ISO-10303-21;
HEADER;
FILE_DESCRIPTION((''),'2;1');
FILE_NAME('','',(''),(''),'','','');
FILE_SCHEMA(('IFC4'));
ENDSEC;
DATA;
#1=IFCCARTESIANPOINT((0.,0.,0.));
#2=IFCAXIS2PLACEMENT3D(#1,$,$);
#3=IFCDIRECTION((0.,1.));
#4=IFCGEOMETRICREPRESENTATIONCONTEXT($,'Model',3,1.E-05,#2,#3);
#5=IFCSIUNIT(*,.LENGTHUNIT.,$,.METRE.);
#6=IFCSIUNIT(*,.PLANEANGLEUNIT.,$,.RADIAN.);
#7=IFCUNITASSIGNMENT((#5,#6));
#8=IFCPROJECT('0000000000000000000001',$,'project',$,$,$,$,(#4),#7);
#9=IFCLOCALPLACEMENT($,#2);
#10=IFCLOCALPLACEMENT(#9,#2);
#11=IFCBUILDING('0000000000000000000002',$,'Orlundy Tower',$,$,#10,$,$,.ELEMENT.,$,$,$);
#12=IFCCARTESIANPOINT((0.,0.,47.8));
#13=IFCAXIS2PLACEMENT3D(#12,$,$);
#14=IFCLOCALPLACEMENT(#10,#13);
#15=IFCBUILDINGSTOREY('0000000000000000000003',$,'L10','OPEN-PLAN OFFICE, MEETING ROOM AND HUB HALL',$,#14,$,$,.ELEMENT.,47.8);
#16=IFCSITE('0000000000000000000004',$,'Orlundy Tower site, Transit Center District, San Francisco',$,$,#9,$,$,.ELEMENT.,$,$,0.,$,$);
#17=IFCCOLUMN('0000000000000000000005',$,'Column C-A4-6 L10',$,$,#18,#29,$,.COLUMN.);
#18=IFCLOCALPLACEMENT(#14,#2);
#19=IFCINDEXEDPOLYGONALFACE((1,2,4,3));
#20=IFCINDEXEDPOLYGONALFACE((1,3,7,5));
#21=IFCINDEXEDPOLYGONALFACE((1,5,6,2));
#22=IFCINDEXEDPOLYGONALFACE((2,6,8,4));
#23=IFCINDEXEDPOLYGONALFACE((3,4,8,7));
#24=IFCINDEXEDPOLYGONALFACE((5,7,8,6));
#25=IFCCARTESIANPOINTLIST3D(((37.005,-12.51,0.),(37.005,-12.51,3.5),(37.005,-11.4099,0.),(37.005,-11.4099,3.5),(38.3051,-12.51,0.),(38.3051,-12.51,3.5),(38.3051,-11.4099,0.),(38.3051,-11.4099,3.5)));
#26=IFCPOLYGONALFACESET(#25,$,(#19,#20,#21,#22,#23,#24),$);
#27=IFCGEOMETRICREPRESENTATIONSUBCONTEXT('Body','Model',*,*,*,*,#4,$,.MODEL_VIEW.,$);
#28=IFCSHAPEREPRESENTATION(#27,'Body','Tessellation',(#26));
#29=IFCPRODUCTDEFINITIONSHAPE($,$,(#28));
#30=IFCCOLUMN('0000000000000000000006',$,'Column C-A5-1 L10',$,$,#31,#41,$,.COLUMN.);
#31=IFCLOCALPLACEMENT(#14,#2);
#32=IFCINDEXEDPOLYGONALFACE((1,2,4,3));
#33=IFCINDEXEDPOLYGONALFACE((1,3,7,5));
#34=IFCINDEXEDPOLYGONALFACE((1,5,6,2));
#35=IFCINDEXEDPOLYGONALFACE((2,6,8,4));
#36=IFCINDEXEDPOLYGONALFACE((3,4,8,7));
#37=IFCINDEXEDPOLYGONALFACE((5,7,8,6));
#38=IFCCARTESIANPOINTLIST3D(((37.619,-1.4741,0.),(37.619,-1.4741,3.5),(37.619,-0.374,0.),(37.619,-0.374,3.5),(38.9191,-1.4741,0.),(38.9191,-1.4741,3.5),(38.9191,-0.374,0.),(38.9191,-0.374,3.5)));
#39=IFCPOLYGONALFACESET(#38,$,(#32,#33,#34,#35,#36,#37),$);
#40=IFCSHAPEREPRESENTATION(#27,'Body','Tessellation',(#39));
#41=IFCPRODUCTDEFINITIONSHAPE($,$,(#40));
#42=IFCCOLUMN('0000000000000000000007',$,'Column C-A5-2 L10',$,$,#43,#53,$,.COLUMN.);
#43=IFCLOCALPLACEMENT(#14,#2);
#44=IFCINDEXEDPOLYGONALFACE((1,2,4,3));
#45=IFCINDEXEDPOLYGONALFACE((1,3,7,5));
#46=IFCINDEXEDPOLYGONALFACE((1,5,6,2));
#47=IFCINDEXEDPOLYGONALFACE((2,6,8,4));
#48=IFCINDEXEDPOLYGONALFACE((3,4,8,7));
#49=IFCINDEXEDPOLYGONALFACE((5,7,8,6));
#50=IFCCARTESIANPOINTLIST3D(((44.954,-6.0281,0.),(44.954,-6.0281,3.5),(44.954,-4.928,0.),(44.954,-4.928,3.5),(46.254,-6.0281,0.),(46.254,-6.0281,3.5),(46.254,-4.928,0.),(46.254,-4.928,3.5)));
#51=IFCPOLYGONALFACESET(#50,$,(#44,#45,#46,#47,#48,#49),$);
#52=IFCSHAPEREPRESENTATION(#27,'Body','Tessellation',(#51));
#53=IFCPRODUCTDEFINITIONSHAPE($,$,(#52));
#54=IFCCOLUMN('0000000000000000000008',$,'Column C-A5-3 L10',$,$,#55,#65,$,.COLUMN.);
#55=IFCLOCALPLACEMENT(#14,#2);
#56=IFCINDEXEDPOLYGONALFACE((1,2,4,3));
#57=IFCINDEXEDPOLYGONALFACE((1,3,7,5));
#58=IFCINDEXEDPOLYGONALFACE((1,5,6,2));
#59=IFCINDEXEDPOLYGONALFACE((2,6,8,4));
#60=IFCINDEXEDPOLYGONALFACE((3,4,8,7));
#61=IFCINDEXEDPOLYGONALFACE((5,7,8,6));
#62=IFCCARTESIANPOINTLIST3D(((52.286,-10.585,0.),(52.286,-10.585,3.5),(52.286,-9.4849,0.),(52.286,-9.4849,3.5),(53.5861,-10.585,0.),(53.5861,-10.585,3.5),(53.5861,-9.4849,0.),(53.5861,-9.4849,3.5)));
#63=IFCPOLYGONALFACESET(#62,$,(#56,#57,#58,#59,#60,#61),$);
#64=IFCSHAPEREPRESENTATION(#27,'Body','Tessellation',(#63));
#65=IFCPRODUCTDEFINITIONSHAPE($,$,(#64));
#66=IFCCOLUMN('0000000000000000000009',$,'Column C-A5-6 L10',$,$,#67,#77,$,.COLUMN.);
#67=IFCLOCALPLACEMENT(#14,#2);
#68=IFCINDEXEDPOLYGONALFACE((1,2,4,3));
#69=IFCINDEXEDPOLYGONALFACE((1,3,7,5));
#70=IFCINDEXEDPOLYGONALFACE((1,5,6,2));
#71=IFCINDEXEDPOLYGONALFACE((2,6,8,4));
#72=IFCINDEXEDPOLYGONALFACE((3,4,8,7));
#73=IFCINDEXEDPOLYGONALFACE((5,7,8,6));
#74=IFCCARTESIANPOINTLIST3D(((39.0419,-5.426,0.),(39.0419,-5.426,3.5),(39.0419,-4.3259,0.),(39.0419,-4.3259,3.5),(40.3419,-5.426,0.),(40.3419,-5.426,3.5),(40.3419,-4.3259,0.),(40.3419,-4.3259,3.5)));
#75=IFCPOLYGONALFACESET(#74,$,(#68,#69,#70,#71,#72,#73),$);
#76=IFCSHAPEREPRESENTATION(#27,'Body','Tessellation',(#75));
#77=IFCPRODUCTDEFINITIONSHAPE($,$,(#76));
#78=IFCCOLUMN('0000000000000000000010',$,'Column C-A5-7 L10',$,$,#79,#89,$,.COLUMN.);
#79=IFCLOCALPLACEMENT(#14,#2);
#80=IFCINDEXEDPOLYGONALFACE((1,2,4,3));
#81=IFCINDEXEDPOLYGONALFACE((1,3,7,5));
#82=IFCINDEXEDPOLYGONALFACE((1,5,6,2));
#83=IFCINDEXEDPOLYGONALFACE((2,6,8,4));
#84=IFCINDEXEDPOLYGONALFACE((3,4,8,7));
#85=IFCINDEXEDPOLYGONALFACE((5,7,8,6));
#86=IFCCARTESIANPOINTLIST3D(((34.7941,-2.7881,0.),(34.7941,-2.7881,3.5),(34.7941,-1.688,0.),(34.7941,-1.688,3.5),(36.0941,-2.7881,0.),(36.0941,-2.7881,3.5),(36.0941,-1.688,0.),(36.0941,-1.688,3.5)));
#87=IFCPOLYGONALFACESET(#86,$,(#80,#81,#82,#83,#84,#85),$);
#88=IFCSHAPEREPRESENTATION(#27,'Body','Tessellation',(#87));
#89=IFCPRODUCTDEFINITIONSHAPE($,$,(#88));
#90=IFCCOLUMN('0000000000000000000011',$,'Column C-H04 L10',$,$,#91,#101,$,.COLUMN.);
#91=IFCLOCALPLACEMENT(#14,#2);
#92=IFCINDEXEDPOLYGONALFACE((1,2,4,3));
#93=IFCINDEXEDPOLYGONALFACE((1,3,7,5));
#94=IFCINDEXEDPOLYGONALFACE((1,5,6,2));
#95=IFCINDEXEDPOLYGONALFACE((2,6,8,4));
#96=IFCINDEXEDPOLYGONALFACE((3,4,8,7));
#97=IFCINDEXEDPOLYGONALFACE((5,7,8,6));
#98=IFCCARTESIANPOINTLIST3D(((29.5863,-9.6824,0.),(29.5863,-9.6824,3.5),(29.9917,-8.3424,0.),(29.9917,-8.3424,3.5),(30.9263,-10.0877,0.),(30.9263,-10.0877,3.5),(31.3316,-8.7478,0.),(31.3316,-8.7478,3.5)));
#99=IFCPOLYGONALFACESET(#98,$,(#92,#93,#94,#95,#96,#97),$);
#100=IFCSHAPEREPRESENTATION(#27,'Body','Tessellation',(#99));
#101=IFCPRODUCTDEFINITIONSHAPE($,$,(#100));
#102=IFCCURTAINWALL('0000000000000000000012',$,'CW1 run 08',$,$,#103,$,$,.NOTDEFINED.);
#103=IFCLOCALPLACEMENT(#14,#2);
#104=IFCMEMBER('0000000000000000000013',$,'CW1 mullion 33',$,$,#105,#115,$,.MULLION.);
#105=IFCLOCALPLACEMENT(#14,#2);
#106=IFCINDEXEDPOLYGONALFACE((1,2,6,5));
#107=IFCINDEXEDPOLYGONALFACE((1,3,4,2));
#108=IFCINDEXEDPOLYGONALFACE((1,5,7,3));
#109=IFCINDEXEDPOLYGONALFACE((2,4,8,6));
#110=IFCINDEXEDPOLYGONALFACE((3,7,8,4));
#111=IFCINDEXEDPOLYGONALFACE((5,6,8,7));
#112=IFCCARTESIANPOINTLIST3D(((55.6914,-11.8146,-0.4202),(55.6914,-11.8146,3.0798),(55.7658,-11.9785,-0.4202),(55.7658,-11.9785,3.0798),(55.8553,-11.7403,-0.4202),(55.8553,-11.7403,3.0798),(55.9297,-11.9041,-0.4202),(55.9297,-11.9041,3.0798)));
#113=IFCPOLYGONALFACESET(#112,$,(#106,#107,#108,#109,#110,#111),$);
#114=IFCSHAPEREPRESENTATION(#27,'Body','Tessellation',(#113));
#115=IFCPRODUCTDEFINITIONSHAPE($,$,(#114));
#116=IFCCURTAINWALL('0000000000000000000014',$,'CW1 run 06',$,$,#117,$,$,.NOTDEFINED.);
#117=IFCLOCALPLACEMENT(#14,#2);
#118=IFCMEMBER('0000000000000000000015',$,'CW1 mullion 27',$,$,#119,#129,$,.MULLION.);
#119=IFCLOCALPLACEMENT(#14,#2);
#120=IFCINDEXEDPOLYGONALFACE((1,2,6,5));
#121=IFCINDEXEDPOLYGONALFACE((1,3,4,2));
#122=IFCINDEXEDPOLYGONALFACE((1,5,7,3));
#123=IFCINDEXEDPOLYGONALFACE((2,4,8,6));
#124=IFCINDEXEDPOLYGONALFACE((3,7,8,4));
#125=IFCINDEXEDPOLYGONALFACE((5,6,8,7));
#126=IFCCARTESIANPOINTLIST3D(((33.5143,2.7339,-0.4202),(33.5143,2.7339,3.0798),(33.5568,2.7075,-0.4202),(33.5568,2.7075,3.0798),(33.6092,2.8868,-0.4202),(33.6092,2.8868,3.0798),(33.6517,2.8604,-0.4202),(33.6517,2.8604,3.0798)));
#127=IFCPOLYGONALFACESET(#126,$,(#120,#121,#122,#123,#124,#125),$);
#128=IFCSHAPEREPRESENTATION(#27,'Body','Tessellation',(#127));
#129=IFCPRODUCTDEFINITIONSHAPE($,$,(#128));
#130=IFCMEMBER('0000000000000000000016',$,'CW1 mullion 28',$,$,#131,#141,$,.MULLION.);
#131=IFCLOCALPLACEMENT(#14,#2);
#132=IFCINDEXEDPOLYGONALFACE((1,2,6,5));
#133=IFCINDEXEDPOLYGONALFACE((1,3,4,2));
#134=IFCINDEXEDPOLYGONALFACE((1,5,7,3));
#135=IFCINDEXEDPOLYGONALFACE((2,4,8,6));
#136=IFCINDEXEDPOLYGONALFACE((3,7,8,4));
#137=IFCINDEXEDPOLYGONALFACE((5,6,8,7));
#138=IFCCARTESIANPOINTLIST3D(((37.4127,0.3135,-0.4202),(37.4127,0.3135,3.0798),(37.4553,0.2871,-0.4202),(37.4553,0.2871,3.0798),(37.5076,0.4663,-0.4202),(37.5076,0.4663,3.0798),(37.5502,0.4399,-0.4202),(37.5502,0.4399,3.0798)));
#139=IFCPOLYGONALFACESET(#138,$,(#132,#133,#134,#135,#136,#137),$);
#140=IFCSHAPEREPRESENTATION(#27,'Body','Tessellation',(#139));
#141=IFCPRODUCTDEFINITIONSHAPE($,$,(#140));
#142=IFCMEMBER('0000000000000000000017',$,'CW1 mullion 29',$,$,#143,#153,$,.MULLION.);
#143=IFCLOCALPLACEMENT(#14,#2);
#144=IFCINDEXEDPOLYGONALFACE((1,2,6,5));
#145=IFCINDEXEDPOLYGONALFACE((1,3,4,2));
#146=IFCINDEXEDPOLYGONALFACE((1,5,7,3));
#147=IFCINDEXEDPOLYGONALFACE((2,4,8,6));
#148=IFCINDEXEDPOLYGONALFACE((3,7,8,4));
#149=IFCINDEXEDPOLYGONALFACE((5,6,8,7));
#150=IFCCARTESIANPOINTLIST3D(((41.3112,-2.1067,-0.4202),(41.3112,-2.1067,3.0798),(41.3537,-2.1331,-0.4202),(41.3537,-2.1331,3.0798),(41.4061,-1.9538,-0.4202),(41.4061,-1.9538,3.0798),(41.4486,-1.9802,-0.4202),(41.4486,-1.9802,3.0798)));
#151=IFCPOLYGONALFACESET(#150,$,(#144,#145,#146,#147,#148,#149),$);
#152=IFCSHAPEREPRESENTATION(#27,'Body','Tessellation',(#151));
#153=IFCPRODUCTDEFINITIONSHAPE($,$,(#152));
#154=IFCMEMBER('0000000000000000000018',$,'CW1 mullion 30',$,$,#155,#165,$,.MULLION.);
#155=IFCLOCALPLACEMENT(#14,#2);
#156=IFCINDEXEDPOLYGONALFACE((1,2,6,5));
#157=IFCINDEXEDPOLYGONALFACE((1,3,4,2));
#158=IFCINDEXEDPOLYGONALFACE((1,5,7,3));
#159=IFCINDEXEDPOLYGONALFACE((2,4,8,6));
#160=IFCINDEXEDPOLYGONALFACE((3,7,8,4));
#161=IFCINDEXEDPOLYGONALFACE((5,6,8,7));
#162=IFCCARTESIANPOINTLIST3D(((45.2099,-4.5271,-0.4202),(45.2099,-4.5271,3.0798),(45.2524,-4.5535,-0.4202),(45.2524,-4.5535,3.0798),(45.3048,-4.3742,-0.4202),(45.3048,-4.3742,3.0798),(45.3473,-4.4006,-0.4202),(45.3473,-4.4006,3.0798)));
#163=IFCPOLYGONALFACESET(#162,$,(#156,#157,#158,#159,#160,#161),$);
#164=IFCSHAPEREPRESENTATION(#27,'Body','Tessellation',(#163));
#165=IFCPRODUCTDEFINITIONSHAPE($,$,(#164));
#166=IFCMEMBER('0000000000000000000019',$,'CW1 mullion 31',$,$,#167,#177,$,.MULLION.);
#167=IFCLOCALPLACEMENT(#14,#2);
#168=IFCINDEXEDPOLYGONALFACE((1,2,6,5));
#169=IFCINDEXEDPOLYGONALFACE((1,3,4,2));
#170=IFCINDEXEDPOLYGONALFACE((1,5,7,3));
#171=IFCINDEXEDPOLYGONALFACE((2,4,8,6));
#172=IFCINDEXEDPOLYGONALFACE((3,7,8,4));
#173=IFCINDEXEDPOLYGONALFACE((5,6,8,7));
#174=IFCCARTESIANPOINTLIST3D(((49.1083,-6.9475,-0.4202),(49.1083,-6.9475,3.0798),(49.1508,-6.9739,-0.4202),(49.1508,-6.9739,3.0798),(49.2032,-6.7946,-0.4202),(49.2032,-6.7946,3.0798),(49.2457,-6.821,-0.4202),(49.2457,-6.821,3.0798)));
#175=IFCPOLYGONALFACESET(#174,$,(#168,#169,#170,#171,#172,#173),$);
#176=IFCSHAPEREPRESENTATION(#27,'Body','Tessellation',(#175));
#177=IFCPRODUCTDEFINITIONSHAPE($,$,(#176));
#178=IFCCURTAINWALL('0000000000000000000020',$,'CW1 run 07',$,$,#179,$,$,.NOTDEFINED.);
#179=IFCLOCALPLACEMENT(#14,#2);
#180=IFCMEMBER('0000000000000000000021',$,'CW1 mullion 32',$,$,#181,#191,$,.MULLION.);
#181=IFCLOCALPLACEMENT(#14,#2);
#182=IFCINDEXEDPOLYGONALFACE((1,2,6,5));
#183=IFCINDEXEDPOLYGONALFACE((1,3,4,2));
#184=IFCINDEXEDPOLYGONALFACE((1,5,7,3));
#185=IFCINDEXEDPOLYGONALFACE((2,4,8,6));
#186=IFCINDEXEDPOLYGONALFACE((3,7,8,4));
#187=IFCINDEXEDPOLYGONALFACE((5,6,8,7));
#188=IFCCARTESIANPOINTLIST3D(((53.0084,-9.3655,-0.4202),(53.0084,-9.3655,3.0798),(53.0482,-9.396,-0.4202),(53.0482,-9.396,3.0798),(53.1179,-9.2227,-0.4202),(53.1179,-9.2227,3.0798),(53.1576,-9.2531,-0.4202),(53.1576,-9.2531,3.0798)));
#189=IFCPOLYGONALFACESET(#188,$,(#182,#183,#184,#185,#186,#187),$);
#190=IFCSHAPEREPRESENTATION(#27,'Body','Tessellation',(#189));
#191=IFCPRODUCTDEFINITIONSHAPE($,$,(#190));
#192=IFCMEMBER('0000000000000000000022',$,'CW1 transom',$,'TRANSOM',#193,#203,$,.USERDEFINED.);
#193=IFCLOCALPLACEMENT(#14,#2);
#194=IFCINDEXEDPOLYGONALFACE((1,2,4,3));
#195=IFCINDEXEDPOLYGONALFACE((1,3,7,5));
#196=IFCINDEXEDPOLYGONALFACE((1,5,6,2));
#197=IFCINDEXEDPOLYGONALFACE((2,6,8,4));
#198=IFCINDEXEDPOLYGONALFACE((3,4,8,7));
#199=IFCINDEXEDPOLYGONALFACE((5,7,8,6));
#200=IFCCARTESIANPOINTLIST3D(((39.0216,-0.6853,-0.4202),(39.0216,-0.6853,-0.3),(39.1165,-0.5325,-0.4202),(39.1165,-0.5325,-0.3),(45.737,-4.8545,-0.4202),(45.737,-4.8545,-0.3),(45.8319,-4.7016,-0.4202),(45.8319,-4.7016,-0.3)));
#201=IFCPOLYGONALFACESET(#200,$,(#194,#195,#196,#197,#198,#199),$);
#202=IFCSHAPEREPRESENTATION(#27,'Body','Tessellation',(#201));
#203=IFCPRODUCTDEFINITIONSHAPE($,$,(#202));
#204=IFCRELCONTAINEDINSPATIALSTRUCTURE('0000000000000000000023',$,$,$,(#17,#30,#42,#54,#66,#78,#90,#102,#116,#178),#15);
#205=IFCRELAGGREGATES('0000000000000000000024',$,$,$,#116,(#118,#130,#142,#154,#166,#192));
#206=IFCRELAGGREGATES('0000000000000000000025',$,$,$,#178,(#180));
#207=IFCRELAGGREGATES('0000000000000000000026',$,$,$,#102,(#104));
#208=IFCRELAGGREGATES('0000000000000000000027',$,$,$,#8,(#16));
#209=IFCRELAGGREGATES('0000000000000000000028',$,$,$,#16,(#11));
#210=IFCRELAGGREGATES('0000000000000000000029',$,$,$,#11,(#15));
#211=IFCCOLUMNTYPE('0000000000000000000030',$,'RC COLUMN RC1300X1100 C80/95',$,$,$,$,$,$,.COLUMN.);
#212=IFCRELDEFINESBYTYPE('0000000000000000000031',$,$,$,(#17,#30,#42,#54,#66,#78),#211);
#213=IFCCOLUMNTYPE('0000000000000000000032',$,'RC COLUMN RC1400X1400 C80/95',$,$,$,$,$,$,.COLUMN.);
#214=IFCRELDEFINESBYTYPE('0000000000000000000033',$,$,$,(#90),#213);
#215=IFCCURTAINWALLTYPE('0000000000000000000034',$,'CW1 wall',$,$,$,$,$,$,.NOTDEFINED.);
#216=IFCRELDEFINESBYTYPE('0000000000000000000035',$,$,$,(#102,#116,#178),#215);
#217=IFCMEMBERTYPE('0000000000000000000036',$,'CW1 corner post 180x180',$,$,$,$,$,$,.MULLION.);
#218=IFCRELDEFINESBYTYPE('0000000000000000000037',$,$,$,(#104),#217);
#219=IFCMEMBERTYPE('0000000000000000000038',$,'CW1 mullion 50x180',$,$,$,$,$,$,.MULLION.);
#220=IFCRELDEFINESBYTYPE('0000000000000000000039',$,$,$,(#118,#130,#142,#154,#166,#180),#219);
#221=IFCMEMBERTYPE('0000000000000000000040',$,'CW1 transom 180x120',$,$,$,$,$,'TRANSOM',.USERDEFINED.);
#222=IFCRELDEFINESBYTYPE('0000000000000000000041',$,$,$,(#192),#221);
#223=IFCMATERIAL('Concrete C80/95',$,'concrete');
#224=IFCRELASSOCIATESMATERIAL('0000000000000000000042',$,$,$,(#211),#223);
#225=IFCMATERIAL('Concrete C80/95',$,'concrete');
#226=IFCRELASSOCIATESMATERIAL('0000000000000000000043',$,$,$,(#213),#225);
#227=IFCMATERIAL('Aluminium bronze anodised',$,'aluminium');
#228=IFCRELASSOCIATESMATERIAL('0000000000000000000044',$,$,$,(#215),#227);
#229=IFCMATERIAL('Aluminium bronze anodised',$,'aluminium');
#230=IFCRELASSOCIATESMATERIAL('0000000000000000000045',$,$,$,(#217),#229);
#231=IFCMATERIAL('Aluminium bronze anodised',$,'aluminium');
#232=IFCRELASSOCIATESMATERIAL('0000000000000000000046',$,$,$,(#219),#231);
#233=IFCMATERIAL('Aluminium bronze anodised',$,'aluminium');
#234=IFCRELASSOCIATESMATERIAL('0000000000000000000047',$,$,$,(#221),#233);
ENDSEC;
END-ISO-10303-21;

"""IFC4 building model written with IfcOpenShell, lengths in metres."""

from ifc_helpers import new_model, si_unit, direction, frame, origin, origin_2d, place, context, subcontext, project, spatial, rectangle, extrude, material, material_profile, profile_set, type_object, element, aggregate, save


model = new_model("IFC4")

# Units and contexts
model_context = context("Model", 3, precision=1e-05, world=origin(), true_north=direction((0.0, 1.0)))
body_context = subcontext(model_context, "Body", "Model", "MODEL_VIEW")
ifc_project = project(units=[si_unit("LENGTHUNIT", "METRE"), si_unit("PLANEANGLEUNIT", "RADIAN")], contexts=[model_context])

# Site, building, storey
site_placement = place(None, origin())
site = spatial("IfcSite", under=ifc_project, at=site_placement, Name="Orlundy Tower site, Transit Center District, San Francisco", CompositionType="ELEMENT", RefElevation=0.0)
building_placement = place(site_placement, origin())
building = spatial("IfcBuilding", under=site, at=building_placement, Name="Orlundy Tower", CompositionType="ELEMENT")
storey_placement = place(building_placement, frame((0.0, 0.0, 47.8)))
storey = spatial("IfcBuildingStorey", under=building, at=storey_placement, Name="L10", Description="OPEN-PLAN OFFICE, MEETING ROOM AND HUB HALL", CompositionType="ELEMENT", Elevation=47.8)

# Columns
ifc_material_1 = material(Name="Concrete C80/95", Category="concrete")
ifc_material_profile_1 = material_profile(ifc_material_1, rectangle(XDim=1.3, YDim=1.1001, at=origin_2d()), Name="RC1300X1100")
ifc_profile_set_1 = profile_set([ifc_material_profile_1], Name="Concrete C80/95")
column_type_1 = type_object("IfcColumnType", Name="RC COLUMN RC1300X1100 C80/95", PredefinedType="COLUMN", material=ifc_profile_set_1)
for number, where, z_axis, x_axis, name in (
    (1, (37.655, -11.96, 0.0), (0.0, 0.0, 1.0), (1.0, 0.0, 0.0), "Column C-A4-6 L10"),
    (2, (38.269, -0.9241, 0.0), (0.0, 0.0, 1.0), (1.0, 0.0, 0.0), "Column C-A5-1 L10"),
    (3, (45.604, -5.478, 0.0), (0.0, 0.0, 1.0), (1.0, 0.0, 0.0), "Column C-A5-2 L10"),
    (4, (52.936, -10.0349, 0.0), (0.0, 0.0, 1.0), (1.0, 0.0, 0.0), "Column C-A5-3 L10"),
    (5, (39.6919, -4.876, 0.0), (0.0, 0.0, 1.0), (1.0, 0.0, 0.0), "Column C-A5-6 L10"),
    (6, (35.4441, -2.238, 0.0), (0.0, 0.0, 1.0), (1.0, 0.0, 0.0), "Column C-A5-7 L10"),
):
    element("IfcColumn", number, at=place(storey_placement, frame(where, z_axis=z_axis, x_axis=x_axis)), inside=storey, type_object=column_type_1, Name=name, PredefinedType="COLUMN", context=body_context, shape_type="SweptSolid", body=[
        extrude(rectangle(XDim=1.3, YDim=1.1001, at=origin_2d()), origin(), (0.0, 0.0, 1.0), 3.5),
    ])
ifc_material_2 = material(Name="Concrete C80/95", Category="concrete")
ifc_material_profile_2 = material_profile(ifc_material_2, rectangle(XDim=1.3999, YDim=1.3999, at=origin_2d()), Name="RC1400X1400")
ifc_profile_set_2 = profile_set([ifc_material_profile_2], Name="Concrete C80/95")
column_type_2 = type_object("IfcColumnType", Name="RC COLUMN RC1400X1400 C80/95", PredefinedType="COLUMN", material=ifc_profile_set_2)
column_placement = place(storey_placement, frame((30.459, -9.2151, 0.0), z_axis=(0.0, 0.0, 1.0), x_axis=(0.957153, -0.289583, 0.0)))
element("IfcColumn", 7, at=column_placement, inside=storey, type_object=column_type_2, Name="Column C-H04 L10", PredefinedType="COLUMN", context=body_context, shape_type="SweptSolid", body=[
    extrude(rectangle(XDim=1.3999, YDim=1.3999, at=origin_2d()), origin(), (0.0, 0.0, 1.0), 3.5),
])

# Curtain wall, member
ifc_material_3 = material(Name="Aluminium bronze anodised", Category="aluminium")
curtain_wall_type = type_object("IfcCurtainWallType", Name="CW1 wall", PredefinedType="NOTDEFINED", material=ifc_material_3)
curtain_wall_1_placement = place(storey_placement, origin())
curtain_wall_1 = element("IfcCurtainWall", 8, at=curtain_wall_1_placement, inside=storey, type_object=curtain_wall_type, Name="CW1 run 08", PredefinedType="NOTDEFINED")
ifc_material_4 = material(Name="Aluminium bronze anodised", Category="aluminium")
ifc_material_profile_3 = material_profile(ifc_material_4, rectangle(XDim=0.1799, YDim=0.1799, at=origin_2d()), Name="CW1 corner post 180x180")
ifc_profile_set_3 = profile_set([ifc_material_profile_3], Name="Aluminium bronze anodised")
member_type_1 = type_object("IfcMemberType", Name="CW1 corner post 180x180", PredefinedType="MULLION", material=ifc_profile_set_3)
member_1_placement = place(storey_placement, frame((55.8105, -11.8594, -0.4202), z_axis=(0.0, 0.0, 1.0), x_axis=(0.910579, 0.413335, 0.0)))
member_1 = element("IfcMember", 9, at=member_1_placement, type_object=member_type_1, Name="CW1 mullion 33", PredefinedType="MULLION", context=body_context, shape_type="SweptSolid", body=[
    extrude(rectangle(XDim=0.1799, YDim=0.1799, at=origin_2d()), origin(), (0.0, 0.0, 1.0), 3.5),
])

# Curtain wall, members
curtain_wall_2_placement = place(storey_placement, origin())
curtain_wall_2 = element("IfcCurtainWall", 10, at=curtain_wall_2_placement, inside=storey, type_object=curtain_wall_type, Name="CW1 run 06", PredefinedType="NOTDEFINED")
ifc_material_5 = material(Name="Aluminium bronze anodised", Category="aluminium")
ifc_material_profile_4 = material_profile(ifc_material_5, rectangle(XDim=0.1799, YDim=0.05, at=origin_2d()), Name="CW1 mullion 50x180")
ifc_profile_set_4 = profile_set([ifc_material_profile_4], Name="Aluminium bronze anodised")
member_type_2 = type_object("IfcMemberType", Name="CW1 mullion 50x180", PredefinedType="MULLION", material=ifc_profile_set_4)
member_2_placement = place(storey_placement, frame((33.583, 2.7971, -0.4202), z_axis=(0.0, 0.0, 1.0), x_axis=(0.527453, 0.849584, 0.0)))
member_2 = element("IfcMember", 11, at=member_2_placement, type_object=member_type_2, Name="CW1 mullion 27", PredefinedType="MULLION", context=body_context, shape_type="SweptSolid", body=[
    extrude(rectangle(XDim=0.1799, YDim=0.05, at=origin_2d()), origin(), (0.0, 0.0, 1.0), 3.5),
])
member_3_placement = place(storey_placement, frame((37.4814, 0.3767, -0.4202), z_axis=(0.0, 0.0, 1.0), x_axis=(0.527453, 0.849584, 0.0)))
member_3 = element("IfcMember", 12, at=member_3_placement, type_object=member_type_2, Name="CW1 mullion 28", PredefinedType="MULLION", context=body_context, shape_type="SweptSolid", body=[
    extrude(rectangle(XDim=0.1799, YDim=0.05, at=origin_2d()), origin(), (0.0, 0.0, 1.0), 3.5),
])
member_4_placement = place(storey_placement, frame((41.3799, -2.0435, -0.4202), z_axis=(0.0, 0.0, 1.0), x_axis=(0.527453, 0.849584, 0.0)))
member_4 = element("IfcMember", 13, at=member_4_placement, type_object=member_type_2, Name="CW1 mullion 29", PredefinedType="MULLION", context=body_context, shape_type="SweptSolid", body=[
    extrude(rectangle(XDim=0.1799, YDim=0.05, at=origin_2d()), origin(), (0.0, 0.0, 1.0), 3.5),
])
member_5_placement = place(storey_placement, frame((45.2786, -4.4639, -0.4202), z_axis=(0.0, 0.0, 1.0), x_axis=(0.527453, 0.849584, 0.0)))
member_5 = element("IfcMember", 14, at=member_5_placement, type_object=member_type_2, Name="CW1 mullion 30", PredefinedType="MULLION", context=body_context, shape_type="SweptSolid", body=[
    extrude(rectangle(XDim=0.1799, YDim=0.05, at=origin_2d()), origin(), (0.0, 0.0, 1.0), 3.5),
])
member_6_placement = place(storey_placement, frame((49.177, -6.8843, -0.4202), z_axis=(0.0, 0.0, 1.0), x_axis=(0.527453, 0.849584, 0.0)))
member_6 = element("IfcMember", 15, at=member_6_placement, type_object=member_type_2, Name="CW1 mullion 31", PredefinedType="MULLION", context=body_context, shape_type="SweptSolid", body=[
    extrude(rectangle(XDim=0.1799, YDim=0.05, at=origin_2d()), origin(), (0.0, 0.0, 1.0), 3.5),
])

# Curtain wall, member
curtain_wall_3_placement = place(storey_placement, origin())
curtain_wall_3 = element("IfcCurtainWall", 16, at=curtain_wall_3_placement, inside=storey, type_object=curtain_wall_type, Name="CW1 run 07", PredefinedType="NOTDEFINED")
member_7_placement = place(storey_placement, frame((53.083, -9.3093, -0.4202), z_axis=(0.0, 0.0, 1.0), x_axis=(0.608137, 0.793832, 0.0)))
member_7 = element("IfcMember", 17, at=member_7_placement, type_object=member_type_2, Name="CW1 mullion 32", PredefinedType="MULLION", context=body_context, shape_type="SweptSolid", body=[
    extrude(rectangle(XDim=0.1799, YDim=0.05, at=origin_2d()), origin(), (0.0, 0.0, 1.0), 3.5),
])

# Member
ifc_material_6 = material(Name="Aluminium bronze anodised", Category="aluminium")
ifc_material_profile_5 = material_profile(ifc_material_6, rectangle(XDim=0.1799, YDim=0.1201, at=origin_2d()), Name="CW1 transom 180x120")
ifc_profile_set_5 = profile_set([ifc_material_profile_5], Name="Aluminium bronze anodised")
member_type_3 = type_object("IfcMemberType", Name="CW1 transom 180x120", ElementType="TRANSOM", PredefinedType="USERDEFINED", material=ifc_profile_set_5)
member_8_placement = place(storey_placement, frame((39.0691, -0.6089, -0.3601), z_axis=(0.849581, -0.527459, 0.0), x_axis=(0.527459, 0.849581, 0.0)))
member_8 = element("IfcMember", 18, at=member_8_placement, type_object=member_type_3, Name="CW1 transom", ObjectType="TRANSOM", PredefinedType="USERDEFINED", context=body_context, shape_type="SweptSolid", body=[
    extrude(rectangle(XDim=0.1799, YDim=0.1201, at=origin_2d()), origin(), (0.0, 0.0, 1.0), 7.9043),
])

aggregate(curtain_wall_2, [member_2, member_3, member_4, member_5, member_6, member_8])
aggregate(curtain_wall_3, [member_7])
aggregate(curtain_wall_1, [member_1])

save(model, "model.ifc")
